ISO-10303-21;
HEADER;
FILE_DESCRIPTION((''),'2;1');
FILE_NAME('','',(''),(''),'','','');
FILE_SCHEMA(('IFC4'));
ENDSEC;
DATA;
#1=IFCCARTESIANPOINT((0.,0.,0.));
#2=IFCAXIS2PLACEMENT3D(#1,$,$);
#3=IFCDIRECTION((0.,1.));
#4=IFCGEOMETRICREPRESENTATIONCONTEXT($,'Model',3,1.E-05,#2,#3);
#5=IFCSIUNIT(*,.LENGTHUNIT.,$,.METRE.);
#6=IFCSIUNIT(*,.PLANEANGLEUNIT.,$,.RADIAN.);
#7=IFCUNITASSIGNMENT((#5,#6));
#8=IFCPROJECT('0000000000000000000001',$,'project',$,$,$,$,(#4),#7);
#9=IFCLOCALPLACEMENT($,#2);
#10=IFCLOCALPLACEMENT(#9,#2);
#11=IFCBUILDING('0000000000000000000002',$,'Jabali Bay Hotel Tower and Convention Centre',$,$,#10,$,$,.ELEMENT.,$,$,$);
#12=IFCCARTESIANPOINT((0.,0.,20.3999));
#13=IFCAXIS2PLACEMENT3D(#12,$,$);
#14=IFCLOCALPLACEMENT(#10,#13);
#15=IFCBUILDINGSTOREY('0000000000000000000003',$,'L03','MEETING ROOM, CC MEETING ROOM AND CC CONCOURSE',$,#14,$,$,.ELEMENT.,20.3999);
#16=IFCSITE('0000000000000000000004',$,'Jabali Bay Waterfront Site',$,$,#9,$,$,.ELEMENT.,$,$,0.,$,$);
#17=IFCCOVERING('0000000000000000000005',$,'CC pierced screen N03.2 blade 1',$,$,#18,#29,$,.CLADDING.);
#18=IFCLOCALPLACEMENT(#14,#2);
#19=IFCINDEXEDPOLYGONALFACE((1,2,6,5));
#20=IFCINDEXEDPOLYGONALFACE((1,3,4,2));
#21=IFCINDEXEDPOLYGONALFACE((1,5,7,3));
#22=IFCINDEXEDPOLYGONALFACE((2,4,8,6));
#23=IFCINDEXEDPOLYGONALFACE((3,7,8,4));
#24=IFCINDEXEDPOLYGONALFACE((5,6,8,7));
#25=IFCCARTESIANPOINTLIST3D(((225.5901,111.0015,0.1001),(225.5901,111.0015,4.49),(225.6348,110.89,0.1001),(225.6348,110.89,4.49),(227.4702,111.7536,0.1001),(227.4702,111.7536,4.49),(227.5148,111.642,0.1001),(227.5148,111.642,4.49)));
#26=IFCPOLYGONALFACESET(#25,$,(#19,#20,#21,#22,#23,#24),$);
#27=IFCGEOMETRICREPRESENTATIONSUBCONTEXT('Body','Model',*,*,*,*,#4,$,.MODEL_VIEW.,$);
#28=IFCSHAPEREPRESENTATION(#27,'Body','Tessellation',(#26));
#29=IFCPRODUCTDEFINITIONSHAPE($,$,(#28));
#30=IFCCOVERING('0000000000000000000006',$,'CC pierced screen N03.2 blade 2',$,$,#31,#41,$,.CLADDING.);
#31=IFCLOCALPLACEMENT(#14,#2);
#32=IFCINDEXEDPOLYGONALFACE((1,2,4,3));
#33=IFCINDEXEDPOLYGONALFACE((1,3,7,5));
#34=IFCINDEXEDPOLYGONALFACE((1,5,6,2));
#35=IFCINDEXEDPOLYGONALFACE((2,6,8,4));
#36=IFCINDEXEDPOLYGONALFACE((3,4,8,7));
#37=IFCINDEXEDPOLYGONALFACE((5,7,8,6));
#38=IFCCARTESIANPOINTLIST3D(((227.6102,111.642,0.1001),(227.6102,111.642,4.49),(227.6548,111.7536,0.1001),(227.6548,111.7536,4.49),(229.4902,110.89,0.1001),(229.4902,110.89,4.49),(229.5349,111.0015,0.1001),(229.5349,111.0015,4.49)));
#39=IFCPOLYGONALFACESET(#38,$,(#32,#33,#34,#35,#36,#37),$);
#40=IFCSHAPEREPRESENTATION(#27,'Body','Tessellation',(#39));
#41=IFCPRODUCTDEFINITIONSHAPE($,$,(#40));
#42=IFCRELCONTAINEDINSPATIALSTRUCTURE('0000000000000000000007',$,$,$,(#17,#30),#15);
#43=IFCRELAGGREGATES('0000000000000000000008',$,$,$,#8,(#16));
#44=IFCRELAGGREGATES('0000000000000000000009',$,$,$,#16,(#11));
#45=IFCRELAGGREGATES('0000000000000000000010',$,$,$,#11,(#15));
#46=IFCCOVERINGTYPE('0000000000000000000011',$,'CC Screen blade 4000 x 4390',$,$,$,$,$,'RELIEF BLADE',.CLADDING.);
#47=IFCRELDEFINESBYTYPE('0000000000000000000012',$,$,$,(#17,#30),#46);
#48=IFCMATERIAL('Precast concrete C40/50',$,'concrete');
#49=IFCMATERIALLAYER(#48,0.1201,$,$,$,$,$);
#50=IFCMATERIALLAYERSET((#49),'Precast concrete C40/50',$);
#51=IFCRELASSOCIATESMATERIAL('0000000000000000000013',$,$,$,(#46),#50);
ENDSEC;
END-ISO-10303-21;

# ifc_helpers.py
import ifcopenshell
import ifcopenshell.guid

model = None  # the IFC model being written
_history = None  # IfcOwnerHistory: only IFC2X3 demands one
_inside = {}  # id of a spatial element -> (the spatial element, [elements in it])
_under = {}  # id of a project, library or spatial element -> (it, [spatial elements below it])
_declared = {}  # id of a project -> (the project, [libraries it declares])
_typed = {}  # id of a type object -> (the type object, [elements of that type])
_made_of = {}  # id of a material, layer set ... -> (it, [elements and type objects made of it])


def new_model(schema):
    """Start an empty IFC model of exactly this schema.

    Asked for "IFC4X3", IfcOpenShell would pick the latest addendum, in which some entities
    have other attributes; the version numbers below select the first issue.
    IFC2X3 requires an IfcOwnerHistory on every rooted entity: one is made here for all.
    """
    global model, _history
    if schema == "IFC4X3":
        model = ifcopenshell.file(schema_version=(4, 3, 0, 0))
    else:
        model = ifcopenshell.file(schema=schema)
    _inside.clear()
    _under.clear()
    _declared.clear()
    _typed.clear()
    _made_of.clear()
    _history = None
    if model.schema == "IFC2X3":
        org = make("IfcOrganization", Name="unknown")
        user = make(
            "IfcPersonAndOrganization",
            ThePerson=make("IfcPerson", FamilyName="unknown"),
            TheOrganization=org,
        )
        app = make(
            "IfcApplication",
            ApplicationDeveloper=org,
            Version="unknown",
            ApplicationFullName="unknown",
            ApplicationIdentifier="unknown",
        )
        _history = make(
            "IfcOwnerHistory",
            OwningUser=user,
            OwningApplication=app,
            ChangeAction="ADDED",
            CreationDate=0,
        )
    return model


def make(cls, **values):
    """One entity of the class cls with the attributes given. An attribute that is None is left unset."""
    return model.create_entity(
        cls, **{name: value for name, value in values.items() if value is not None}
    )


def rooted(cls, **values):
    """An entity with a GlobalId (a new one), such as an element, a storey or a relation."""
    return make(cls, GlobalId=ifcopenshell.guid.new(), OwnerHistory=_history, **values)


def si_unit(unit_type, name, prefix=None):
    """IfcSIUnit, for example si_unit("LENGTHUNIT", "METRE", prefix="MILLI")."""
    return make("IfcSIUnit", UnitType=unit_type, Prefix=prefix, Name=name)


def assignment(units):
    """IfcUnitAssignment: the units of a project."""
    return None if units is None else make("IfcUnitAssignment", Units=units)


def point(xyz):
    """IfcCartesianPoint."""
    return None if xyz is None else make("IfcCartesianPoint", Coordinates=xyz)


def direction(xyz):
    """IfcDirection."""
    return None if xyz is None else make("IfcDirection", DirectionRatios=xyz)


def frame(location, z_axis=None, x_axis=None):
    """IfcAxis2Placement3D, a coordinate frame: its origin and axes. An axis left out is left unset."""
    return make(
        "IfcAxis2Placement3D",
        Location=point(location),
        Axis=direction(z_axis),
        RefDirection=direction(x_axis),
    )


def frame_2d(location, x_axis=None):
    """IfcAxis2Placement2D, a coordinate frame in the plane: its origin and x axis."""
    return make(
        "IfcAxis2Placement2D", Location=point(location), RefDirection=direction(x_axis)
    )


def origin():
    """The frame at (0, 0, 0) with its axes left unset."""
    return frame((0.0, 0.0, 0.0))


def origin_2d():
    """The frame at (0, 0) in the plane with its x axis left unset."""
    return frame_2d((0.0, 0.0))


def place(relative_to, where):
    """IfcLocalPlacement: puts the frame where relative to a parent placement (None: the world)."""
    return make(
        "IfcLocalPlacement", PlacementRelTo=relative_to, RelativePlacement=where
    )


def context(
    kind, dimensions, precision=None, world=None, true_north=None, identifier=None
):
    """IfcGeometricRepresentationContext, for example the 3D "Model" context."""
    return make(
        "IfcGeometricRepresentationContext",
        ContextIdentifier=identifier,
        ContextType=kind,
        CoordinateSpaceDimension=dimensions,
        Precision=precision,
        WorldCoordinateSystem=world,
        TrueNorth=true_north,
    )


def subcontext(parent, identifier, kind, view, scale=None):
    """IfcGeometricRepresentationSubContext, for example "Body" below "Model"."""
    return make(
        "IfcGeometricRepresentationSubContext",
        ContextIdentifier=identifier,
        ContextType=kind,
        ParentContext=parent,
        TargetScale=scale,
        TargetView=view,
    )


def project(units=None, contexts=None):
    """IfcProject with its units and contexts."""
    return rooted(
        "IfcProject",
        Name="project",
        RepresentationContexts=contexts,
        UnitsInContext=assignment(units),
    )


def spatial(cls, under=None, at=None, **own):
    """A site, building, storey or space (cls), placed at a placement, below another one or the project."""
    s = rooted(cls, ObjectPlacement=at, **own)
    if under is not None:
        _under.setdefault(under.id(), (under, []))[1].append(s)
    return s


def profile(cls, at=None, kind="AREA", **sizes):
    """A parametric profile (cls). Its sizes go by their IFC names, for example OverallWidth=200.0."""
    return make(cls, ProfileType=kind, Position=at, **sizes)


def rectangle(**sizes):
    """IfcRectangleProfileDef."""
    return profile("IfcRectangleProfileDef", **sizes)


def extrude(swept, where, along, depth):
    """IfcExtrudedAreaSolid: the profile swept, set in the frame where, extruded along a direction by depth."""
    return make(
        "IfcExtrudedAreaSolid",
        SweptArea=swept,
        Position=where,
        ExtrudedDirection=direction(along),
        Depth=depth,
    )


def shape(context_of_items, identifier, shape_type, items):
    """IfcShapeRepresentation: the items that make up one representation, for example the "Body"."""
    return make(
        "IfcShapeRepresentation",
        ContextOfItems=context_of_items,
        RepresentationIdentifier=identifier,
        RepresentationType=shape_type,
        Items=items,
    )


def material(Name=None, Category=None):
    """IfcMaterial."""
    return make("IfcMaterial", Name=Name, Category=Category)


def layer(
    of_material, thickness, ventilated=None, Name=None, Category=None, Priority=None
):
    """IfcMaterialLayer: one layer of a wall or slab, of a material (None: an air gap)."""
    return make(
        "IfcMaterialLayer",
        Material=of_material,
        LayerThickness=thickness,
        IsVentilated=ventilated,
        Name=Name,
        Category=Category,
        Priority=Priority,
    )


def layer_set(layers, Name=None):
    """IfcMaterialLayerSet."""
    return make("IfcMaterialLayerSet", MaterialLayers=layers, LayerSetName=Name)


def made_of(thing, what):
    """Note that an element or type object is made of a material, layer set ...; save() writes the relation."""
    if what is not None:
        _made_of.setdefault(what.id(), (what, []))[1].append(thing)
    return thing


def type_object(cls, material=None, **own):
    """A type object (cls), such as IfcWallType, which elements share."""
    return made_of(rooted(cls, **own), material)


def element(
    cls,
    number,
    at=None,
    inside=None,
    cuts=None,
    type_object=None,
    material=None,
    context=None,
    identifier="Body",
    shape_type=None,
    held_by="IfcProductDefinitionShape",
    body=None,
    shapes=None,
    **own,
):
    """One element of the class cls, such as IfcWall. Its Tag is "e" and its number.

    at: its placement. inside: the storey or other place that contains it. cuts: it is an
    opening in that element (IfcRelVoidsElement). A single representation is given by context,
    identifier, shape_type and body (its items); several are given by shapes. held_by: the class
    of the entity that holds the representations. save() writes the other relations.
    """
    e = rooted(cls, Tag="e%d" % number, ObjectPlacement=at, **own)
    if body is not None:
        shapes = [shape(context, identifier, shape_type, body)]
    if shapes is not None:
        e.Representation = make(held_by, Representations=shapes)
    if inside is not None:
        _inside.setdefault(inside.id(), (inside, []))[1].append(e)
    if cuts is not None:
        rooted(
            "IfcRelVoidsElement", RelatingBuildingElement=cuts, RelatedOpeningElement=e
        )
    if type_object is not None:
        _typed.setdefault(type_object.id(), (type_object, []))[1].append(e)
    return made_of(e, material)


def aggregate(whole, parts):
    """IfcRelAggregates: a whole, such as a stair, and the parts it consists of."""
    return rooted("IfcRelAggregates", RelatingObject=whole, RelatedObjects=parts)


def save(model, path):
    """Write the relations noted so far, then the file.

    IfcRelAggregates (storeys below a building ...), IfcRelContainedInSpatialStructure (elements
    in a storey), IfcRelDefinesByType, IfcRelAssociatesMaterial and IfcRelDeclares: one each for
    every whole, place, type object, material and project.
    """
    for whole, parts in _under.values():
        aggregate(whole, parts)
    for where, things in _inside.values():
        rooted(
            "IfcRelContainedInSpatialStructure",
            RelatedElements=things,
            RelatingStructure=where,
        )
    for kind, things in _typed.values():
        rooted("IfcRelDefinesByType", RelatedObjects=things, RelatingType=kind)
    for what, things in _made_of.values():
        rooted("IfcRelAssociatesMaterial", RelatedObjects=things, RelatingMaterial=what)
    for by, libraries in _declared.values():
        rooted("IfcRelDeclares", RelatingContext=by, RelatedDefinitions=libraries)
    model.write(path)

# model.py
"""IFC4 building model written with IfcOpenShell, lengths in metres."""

from ifc_helpers import new_model, si_unit, direction, frame, origin, origin_2d, place, context, subcontext, project, spatial, rectangle, extrude, material, layer, layer_set, type_object, element, save


model = new_model("IFC4")

# Units and contexts
model_context = context("Model", 3, precision=1e-05, world=origin(), true_north=direction((0.0, 1.0)))
body_context = subcontext(model_context, "Body", "Model", "MODEL_VIEW")
ifc_project = project(units=[si_unit("LENGTHUNIT", "METRE"), si_unit("PLANEANGLEUNIT", "RADIAN")], contexts=[model_context])

# Site, building, storey
site_placement = place(None, origin())
site = spatial("IfcSite", under=ifc_project, at=site_placement, Name="Jabali Bay Waterfront Site", CompositionType="ELEMENT", RefElevation=0.0)
building_placement = place(site_placement, origin())
building = spatial("IfcBuilding", under=site, at=building_placement, Name="Jabali Bay Hotel Tower and Convention Centre", CompositionType="ELEMENT")
storey_placement = place(building_placement, frame((0.0, 0.0, 20.3999)))
storey = spatial("IfcBuildingStorey", under=building, at=storey_placement, Name="L03", Description="MEETING ROOM, CC MEETING ROOM AND CC CONCOURSE", CompositionType="ELEMENT", Elevation=20.3999)

# Shared definitions
ifc_material_1 = material(Name="Precast concrete C40/50", Category="concrete")

# Coverings
ifc_layer_1 = layer(ifc_material_1, 0.1201)
ifc_layer_set_1 = layer_set([ifc_layer_1], Name="Precast concrete C40/50")
covering_type = type_object("IfcCoveringType", Name="CC Screen blade 4000 x 4390", ElementType="RELIEF BLADE", PredefinedType="CLADDING", material=ifc_layer_set_1)
for number, where, z_axis, x_axis, name in (
    (1, (226.5525, 111.3218, 0.1001), (0.0, 0.0, 1.0), (0.928477, 0.371391, 0.0), "CC pierced screen N03.2 blade 1"),
    (2, (228.5725, 111.3218, 0.1001), (0.0, 0.0, 1.0), (-0.928477, 0.371391, 0.0), "CC pierced screen N03.2 blade 2"),
):
    element("IfcCovering", number, at=place(storey_placement, frame(where, z_axis=z_axis, x_axis=x_axis)), inside=storey, type_object=covering_type, Name=name, PredefinedType="CLADDING", context=body_context, shape_type="SweptSolid", body=[
        extrude(rectangle(XDim=2.0249, YDim=0.1201, at=origin_2d()), origin(), (0.0, 0.0, 1.0), 4.3899),
    ])

save(model, "model.ifc")
